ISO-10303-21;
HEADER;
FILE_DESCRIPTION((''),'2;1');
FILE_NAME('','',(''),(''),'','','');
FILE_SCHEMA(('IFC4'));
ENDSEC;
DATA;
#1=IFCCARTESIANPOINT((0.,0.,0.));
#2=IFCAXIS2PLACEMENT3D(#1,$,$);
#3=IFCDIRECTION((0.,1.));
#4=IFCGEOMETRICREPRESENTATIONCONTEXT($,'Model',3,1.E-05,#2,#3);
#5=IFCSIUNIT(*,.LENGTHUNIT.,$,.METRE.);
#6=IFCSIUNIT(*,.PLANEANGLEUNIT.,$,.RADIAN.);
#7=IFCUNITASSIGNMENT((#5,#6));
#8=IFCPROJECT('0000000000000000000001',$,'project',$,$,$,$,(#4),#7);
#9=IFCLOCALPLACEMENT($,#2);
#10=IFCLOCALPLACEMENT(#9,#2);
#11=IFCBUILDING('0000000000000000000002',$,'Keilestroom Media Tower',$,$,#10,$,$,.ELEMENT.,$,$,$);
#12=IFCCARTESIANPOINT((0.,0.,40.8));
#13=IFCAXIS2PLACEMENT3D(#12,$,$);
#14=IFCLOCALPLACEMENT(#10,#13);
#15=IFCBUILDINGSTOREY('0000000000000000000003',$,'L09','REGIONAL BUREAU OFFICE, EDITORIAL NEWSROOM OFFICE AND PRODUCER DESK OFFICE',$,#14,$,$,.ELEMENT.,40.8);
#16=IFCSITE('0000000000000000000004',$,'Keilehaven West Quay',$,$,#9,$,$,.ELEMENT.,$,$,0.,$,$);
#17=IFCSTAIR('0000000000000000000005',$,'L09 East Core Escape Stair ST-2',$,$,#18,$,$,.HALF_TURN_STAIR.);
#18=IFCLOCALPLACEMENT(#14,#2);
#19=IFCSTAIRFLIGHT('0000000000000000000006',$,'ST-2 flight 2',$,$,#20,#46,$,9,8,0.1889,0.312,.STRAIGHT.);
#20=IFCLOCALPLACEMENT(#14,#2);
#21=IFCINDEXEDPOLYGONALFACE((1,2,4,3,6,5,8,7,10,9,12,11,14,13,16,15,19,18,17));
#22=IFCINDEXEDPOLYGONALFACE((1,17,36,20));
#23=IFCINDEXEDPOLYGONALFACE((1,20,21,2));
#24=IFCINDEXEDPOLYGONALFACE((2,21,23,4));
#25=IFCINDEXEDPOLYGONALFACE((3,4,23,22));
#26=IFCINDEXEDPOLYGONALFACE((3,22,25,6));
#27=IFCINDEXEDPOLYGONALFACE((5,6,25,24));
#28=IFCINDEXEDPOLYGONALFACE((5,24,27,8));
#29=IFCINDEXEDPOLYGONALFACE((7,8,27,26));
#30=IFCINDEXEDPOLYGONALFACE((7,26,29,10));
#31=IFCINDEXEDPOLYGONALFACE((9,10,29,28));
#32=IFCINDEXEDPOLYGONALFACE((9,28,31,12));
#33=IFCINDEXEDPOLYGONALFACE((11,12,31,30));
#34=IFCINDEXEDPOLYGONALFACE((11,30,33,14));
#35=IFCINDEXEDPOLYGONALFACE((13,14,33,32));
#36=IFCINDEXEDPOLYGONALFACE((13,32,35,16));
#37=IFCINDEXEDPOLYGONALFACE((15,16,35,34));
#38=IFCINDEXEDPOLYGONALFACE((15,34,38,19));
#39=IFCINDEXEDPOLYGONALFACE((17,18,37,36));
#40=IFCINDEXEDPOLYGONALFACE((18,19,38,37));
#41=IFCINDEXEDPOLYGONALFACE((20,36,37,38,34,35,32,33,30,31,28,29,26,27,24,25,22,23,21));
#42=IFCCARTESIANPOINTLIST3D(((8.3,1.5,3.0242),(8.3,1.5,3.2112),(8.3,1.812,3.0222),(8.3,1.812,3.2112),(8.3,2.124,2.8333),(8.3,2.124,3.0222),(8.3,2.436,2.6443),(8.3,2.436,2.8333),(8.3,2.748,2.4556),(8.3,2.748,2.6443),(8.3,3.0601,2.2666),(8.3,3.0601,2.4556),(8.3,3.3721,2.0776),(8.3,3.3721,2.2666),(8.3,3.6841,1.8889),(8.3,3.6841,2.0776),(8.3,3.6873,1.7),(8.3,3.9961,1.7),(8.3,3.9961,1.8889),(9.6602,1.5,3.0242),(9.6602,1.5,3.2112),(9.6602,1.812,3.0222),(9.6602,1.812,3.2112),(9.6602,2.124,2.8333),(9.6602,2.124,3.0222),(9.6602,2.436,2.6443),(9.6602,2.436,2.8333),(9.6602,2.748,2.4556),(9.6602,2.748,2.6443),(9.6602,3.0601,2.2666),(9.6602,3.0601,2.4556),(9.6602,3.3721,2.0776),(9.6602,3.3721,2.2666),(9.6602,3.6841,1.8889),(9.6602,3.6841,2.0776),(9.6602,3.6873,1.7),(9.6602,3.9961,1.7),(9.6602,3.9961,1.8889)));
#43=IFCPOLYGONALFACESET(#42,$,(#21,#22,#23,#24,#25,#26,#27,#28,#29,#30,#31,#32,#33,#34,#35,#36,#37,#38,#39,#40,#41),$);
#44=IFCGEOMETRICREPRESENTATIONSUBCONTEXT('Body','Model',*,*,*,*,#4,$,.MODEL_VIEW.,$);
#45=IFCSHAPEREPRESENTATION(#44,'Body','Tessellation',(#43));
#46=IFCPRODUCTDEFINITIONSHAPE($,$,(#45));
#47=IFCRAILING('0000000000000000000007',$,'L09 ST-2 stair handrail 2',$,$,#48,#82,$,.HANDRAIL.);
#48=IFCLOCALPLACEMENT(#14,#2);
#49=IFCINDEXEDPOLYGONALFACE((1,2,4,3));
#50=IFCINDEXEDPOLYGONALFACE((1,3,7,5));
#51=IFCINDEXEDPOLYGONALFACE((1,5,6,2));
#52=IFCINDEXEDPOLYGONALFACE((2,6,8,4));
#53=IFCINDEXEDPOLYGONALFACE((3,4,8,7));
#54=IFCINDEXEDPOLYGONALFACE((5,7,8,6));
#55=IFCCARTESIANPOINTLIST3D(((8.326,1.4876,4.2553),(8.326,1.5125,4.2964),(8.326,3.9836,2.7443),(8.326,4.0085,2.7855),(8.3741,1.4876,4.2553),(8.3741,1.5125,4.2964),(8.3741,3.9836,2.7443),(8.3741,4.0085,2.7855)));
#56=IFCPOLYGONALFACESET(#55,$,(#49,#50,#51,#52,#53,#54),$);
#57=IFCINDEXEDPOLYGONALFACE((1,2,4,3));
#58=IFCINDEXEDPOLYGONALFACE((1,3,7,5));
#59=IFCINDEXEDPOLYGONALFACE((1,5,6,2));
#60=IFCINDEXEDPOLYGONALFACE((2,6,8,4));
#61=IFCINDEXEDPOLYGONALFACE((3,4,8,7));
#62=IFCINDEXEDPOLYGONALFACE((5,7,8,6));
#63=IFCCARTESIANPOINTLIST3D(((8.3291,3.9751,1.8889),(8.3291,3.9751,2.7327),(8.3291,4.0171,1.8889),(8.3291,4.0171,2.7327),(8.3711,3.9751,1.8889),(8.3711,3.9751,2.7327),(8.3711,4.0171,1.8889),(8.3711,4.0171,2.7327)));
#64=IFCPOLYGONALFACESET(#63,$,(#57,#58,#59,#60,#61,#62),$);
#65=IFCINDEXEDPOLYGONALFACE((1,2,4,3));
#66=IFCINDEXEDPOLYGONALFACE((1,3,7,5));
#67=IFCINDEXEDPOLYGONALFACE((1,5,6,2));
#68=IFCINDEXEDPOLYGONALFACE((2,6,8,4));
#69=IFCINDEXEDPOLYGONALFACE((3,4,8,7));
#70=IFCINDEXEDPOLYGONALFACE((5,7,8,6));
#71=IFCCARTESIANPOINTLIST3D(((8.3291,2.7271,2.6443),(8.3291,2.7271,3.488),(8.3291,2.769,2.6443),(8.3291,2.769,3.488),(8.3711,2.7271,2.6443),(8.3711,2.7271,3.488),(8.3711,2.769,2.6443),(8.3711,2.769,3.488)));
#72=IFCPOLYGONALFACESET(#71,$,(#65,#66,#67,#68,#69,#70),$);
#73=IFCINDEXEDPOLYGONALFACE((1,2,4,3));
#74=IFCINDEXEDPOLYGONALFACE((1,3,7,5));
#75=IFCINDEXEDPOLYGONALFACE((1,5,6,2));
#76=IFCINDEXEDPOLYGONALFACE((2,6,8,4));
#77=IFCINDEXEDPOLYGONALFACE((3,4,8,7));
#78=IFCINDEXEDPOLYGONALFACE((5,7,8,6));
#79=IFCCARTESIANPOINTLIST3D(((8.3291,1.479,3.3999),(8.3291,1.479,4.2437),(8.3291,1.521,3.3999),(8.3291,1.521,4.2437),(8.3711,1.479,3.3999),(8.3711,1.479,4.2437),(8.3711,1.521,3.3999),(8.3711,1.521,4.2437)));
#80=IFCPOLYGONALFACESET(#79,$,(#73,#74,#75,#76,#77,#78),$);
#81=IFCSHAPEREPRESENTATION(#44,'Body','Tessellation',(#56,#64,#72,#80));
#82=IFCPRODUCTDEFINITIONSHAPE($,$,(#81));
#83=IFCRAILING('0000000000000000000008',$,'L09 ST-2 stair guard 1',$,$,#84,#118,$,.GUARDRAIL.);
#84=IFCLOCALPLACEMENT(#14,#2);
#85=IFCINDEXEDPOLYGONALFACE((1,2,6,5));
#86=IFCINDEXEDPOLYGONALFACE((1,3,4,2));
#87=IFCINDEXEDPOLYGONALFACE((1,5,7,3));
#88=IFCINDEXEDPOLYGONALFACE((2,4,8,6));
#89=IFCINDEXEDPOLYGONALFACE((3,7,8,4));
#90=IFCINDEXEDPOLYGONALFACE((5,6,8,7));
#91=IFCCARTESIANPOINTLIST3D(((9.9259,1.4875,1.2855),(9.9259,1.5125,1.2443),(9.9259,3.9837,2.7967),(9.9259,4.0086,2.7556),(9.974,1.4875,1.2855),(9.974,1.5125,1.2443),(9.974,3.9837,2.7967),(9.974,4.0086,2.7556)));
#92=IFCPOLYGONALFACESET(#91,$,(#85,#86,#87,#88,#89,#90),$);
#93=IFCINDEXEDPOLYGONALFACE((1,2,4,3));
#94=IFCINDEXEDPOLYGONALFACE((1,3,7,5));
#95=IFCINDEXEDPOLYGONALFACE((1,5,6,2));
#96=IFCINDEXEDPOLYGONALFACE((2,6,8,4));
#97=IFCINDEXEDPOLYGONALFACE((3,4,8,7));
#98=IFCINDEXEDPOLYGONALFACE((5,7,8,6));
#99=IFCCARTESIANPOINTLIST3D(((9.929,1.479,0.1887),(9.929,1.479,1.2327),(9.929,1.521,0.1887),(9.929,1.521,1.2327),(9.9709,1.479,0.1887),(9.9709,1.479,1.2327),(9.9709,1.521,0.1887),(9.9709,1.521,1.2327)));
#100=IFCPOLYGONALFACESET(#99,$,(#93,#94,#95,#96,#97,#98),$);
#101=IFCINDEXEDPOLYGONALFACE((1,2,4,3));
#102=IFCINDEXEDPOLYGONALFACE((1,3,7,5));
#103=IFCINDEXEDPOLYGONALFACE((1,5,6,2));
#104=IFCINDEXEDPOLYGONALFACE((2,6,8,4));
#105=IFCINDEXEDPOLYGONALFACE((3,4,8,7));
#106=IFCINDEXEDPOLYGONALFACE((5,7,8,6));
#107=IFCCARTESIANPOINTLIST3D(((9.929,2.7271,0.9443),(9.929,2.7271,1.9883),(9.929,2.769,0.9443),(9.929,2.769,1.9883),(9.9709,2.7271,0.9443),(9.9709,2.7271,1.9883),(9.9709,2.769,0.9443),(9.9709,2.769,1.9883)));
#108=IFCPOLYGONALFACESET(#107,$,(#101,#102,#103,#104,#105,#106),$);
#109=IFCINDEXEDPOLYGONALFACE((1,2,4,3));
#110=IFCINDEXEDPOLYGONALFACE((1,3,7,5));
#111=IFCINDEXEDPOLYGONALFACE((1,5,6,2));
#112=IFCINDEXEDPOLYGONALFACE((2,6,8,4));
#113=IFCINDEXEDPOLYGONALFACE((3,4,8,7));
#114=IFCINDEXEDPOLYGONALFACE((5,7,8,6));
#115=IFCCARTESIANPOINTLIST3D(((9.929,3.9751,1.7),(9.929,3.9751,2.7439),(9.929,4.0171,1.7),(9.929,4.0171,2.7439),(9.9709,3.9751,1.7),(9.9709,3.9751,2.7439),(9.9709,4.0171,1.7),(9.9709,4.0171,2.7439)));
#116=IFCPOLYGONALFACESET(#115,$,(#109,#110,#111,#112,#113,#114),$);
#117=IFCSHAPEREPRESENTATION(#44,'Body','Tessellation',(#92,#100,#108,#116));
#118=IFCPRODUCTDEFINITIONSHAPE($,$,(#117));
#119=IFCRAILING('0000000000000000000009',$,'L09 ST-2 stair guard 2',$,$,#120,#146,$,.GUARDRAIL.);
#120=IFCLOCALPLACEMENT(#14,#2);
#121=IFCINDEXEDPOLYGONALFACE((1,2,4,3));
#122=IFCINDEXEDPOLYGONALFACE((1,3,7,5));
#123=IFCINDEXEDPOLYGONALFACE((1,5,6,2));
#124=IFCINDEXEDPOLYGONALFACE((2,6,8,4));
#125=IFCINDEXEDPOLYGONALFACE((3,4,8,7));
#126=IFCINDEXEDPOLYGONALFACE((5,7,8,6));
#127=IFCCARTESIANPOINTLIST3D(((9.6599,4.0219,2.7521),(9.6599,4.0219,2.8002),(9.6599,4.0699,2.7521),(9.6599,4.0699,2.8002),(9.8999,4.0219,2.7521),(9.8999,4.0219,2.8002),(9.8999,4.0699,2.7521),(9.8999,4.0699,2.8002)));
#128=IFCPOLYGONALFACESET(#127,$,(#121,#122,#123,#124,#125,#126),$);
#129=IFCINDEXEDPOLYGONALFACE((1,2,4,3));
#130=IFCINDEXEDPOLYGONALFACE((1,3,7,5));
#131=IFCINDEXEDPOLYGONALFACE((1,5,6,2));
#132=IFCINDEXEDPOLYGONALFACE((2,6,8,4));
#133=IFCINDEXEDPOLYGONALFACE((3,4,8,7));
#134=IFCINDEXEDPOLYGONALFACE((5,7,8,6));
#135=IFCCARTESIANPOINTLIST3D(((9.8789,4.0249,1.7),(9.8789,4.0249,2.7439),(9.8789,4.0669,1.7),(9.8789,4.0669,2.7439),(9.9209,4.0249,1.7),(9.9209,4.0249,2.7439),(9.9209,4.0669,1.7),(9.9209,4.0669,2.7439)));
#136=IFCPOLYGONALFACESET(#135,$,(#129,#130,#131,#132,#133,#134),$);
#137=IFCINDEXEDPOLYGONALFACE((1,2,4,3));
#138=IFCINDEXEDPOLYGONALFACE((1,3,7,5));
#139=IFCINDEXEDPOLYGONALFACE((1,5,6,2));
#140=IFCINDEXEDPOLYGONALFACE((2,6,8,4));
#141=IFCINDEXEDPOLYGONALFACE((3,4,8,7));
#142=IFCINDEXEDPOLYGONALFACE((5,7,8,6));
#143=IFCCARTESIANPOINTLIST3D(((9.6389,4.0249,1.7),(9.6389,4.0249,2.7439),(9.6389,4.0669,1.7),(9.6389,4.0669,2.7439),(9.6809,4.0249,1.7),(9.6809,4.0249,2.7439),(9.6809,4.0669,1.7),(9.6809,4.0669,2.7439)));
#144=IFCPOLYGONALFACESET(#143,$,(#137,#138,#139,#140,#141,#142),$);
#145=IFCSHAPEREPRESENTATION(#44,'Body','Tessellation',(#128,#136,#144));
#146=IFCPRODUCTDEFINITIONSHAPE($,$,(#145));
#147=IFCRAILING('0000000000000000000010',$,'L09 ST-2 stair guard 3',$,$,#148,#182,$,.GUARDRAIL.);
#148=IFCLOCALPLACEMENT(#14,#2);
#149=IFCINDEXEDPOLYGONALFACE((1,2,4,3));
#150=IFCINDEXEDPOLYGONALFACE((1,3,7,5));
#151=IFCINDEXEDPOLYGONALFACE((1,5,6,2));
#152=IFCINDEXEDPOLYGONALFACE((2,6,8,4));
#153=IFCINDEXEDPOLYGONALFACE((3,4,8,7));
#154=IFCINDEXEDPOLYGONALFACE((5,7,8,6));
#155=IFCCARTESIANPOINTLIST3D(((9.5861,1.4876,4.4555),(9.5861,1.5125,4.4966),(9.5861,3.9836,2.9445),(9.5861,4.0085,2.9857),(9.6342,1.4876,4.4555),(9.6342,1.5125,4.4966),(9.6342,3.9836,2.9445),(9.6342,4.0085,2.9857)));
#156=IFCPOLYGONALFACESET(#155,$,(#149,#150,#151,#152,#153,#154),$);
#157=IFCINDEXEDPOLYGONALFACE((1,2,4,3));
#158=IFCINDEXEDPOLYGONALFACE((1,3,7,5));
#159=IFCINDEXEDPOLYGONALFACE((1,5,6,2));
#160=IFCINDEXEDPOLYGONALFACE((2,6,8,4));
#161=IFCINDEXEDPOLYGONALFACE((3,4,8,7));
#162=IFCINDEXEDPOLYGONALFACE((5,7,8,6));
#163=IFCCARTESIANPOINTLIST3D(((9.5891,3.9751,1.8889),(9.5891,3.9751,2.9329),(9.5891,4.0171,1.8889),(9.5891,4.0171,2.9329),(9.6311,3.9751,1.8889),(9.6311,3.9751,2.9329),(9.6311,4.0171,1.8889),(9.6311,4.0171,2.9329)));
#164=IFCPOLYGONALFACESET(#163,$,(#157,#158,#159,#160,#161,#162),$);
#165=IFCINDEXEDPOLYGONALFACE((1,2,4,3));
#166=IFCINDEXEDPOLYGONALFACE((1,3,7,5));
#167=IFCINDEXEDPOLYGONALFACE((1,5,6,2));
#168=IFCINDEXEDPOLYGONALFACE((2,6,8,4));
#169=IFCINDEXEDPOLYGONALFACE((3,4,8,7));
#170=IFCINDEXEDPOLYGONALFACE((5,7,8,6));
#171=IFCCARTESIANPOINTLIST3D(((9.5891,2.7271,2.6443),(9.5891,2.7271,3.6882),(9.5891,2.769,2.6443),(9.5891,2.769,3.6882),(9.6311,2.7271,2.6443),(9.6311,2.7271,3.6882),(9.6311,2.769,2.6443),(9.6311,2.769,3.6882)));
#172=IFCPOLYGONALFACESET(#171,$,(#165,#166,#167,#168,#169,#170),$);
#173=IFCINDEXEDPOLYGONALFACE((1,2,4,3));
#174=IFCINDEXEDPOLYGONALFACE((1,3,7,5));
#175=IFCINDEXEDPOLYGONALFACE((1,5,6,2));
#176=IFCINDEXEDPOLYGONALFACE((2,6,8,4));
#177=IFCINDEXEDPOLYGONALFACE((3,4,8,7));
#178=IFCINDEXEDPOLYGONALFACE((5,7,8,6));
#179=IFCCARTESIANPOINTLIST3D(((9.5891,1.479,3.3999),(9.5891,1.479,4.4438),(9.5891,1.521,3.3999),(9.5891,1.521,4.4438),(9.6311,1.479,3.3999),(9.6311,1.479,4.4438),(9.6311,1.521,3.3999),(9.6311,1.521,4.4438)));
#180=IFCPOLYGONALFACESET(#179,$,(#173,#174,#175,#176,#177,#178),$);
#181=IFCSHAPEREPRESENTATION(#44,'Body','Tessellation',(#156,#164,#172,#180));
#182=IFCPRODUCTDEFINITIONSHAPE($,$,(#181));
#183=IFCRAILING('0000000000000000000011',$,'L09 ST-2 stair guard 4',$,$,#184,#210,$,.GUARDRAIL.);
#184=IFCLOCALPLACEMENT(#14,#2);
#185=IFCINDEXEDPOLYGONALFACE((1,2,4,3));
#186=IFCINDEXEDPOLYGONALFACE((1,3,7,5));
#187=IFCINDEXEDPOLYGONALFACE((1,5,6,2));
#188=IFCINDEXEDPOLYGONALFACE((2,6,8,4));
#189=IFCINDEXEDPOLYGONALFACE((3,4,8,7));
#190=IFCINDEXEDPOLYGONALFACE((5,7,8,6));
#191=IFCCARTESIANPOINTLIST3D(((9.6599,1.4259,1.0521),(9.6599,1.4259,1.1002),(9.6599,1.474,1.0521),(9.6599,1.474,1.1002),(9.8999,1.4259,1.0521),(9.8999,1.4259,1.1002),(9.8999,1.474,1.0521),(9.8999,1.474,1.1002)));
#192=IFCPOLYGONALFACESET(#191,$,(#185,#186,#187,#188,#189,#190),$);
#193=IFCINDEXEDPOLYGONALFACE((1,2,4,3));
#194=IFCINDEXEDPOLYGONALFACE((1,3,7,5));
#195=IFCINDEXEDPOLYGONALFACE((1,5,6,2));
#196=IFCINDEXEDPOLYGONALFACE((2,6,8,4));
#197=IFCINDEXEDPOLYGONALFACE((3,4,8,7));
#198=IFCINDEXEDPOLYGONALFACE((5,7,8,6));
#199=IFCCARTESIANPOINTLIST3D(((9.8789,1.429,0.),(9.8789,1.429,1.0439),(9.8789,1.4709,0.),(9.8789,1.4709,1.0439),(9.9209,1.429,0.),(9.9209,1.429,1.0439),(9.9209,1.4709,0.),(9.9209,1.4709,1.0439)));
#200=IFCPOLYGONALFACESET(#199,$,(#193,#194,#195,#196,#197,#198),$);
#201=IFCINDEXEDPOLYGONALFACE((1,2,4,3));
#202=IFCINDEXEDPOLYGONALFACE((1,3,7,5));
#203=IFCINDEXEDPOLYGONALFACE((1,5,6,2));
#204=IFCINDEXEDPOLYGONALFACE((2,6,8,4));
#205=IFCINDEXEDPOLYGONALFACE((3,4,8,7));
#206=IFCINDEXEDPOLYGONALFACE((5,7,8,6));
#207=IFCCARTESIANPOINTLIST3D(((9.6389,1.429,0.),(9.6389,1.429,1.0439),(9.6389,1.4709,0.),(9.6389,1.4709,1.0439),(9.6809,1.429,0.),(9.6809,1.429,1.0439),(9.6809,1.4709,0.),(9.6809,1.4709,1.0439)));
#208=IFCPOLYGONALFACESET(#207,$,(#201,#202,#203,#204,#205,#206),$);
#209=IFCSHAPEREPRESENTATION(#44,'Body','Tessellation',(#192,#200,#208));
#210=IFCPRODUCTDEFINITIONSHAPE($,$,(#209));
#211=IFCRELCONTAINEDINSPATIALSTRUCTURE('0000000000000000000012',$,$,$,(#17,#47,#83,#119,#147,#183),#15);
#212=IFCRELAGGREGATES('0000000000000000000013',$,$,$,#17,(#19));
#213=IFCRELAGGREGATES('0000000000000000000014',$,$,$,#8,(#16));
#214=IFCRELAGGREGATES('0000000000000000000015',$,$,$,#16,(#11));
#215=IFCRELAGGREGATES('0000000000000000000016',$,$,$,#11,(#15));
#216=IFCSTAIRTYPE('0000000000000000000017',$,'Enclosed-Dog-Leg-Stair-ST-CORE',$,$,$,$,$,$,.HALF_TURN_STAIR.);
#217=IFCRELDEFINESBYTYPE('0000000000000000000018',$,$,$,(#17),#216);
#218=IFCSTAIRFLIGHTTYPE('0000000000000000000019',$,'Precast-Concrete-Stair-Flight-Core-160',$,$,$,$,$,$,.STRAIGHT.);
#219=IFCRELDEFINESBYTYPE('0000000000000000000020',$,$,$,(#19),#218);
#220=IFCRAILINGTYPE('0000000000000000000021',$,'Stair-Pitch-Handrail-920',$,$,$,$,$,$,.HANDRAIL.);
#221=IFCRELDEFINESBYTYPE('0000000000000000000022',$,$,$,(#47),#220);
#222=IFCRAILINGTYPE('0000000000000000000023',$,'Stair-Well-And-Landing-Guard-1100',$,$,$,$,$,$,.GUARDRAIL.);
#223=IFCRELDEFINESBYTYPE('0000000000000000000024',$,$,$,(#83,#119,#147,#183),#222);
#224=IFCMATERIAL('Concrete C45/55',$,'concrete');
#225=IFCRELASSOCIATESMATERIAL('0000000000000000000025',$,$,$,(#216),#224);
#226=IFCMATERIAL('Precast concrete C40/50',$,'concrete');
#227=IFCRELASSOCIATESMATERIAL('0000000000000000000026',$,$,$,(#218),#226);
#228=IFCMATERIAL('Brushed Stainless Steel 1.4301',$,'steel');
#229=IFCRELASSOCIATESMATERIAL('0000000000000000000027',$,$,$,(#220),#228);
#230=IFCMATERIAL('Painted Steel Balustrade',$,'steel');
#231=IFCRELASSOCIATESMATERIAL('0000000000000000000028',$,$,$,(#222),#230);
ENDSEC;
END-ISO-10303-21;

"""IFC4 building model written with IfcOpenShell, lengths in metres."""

from ifc_helpers import new_model, si_unit, direction, frame, origin, origin_2d, place, context, subcontext, project, spatial, polyline, rectangle, outline, extrude, material, type_object, element, aggregate, save


model = new_model("IFC4")

# Units and contexts
model_context = context("Model", 3, precision=1e-05, world=origin(), true_north=direction((0.0, 1.0)))
body_context = subcontext(model_context, "Body", "Model", "MODEL_VIEW")
ifc_project = project(units=[si_unit("LENGTHUNIT", "METRE"), si_unit("PLANEANGLEUNIT", "RADIAN")], contexts=[model_context])

# Site, building, storey
site_placement = place(None, origin())
site = spatial("IfcSite", under=ifc_project, at=site_placement, Name="Keilehaven West Quay", CompositionType="ELEMENT", RefElevation=0.0)
building_placement = place(site_placement, origin())
building = spatial("IfcBuilding", under=site, at=building_placement, Name="Keilestroom Media Tower", CompositionType="ELEMENT")
storey_placement = place(building_placement, frame((0.0, 0.0, 40.8)))
storey = spatial("IfcBuildingStorey", under=building, at=storey_placement, Name="L09", Description="REGIONAL BUREAU OFFICE, EDITORIAL NEWSROOM OFFICE AND PRODUCER DESK OFFICE", CompositionType="ELEMENT", Elevation=40.8)

# Shared definitions
ifc_material_1 = material(Name="Concrete C45/55", Category="concrete")

# Stair
stair_type = type_object("IfcStairType", Name="Enclosed-Dog-Leg-Stair-ST-CORE", PredefinedType="HALF_TURN_STAIR", material=ifc_material_1)
stair_1_placement = place(storey_placement, origin())
stair_1 = element("IfcStair", 1, at=stair_1_placement, inside=storey, type_object=stair_type, Name="L09 East Core Escape Stair ST-2", PredefinedType="HALF_TURN_STAIR")

# Shared definitions
ifc_material_2 = material(Name="Precast concrete C40/50", Category="concrete")

# Stair flight
stair_flight_type = type_object("IfcStairFlightType", Name="Precast-Concrete-Stair-Flight-Core-160", PredefinedType="STRAIGHT", material=ifc_material_2)
stair_flight_1_placement = place(storey_placement, frame((8.98, 3.9961, 1.7), z_axis=(0.0, 0.0, 1.0), x_axis=(0.0, -1.0, 0.0)))
stair_flight_1 = element("IfcStairFlight", 2, at=stair_flight_1_placement, type_object=stair_flight_type, Name="ST-2 flight 2", NumberOfRisers=9, NumberOfTreads=8, PredefinedType="STRAIGHT", RiserHeight=0.1889, TreadLength=0.312, context=body_context, shape_type="SweptSolid", body=[
    extrude(outline(polyline([(0.0, 0.0), (0.0, 0.189), (0.312, 0.189), (0.312, 0.3777), (0.624, 0.3777), (0.624, 0.5667), (0.936, 0.5667), (0.936, 0.7556), (1.248, 0.7556), (1.248, 0.9443), (1.5601, 0.9443), (1.5601, 1.1333), (1.8721, 1.1333), (1.8721, 1.3223), (2.1841, 1.3223), (2.1841, 1.5112), (2.4961, 1.5112), (2.4961, 1.7), (2.4961, 1.3242), (0.3088, 0.0), (0.0, 0.0)])), frame((0.0, 0.6802, 0.0), z_axis=(0.0, -1.0, 0.0), x_axis=(1.0, 0.0, 0.0)), (0.0, 0.0, 1.0), 1.3601),
])
aggregate(stair_1, [stair_flight_1])

# Railings
ifc_material_3 = material(Name="Brushed Stainless Steel 1.4301", Category="steel")
railing_type_1 = type_object("IfcRailingType", Name="Stair-Pitch-Handrail-920", PredefinedType="HANDRAIL", material=ifc_material_3)
railing_1_placement = place(storey_placement, frame((8.3501, 3.9961, 1.8889)))
element("IfcRailing", 3, at=railing_1_placement, inside=storey, type_object=railing_type_1, Name="L09 ST-2 stair handrail 2", PredefinedType="HANDRAIL", context=body_context, shape_type="SweptSolid", body=[
    extrude(rectangle(XDim=0.0481, YDim=0.0481, at=origin_2d()), frame((0.0, 0.0, 0.876), z_axis=(0.0, -0.855471, 0.517851), x_axis=(1.0, 0.0, 0.0)), (0.0, 0.0, 1.0), 2.9177),
    extrude(rectangle(XDim=0.042, YDim=0.042, at=origin_2d()), origin(), (0.0, 0.0, 1.0), 0.8438),
    extrude(rectangle(XDim=0.042, YDim=0.042, at=origin_2d()), frame((0.0, -1.248, 0.7554)), (0.0, 0.0, 1.0), 0.8438),
    extrude(rectangle(XDim=0.042, YDim=0.042, at=origin_2d()), frame((0.0, -2.4961, 1.511)), (0.0, 0.0, 1.0), 0.8438),
])
ifc_material_4 = material(Name="Painted Steel Balustrade", Category="steel")
railing_type_2 = type_object("IfcRailingType", Name="Stair-Well-And-Landing-Guard-1100", PredefinedType="GUARDRAIL", material=ifc_material_4)
railing_2_placement = place(storey_placement, frame((9.95, 1.5, 0.1887)))
element("IfcRailing", 4, at=railing_2_placement, inside=storey, type_object=railing_type_2, Name="L09 ST-2 stair guard 1", PredefinedType="GUARDRAIL", context=body_context, shape_type="SweptSolid", body=[
    extrude(rectangle(XDim=0.0481, YDim=0.0481, at=origin_2d()), frame((0.0, 0.0, 1.0762), z_axis=(0.0, 0.855434, 0.517912), x_axis=(-1.0, 0.0, 0.0)), (0.0, 0.0, 1.0), 2.918),
    extrude(rectangle(XDim=0.042, YDim=0.042, at=origin_2d()), origin(), (0.0, 0.0, 1.0), 1.0439),
    extrude(rectangle(XDim=0.042, YDim=0.042, at=origin_2d()), frame((0.0, 1.248, 0.7556)), (0.0, 0.0, 1.0), 1.0439),
    extrude(rectangle(XDim=0.042, YDim=0.042, at=origin_2d()), frame((0.0, 2.4961, 1.5112)), (0.0, 0.0, 1.0), 1.0439),
])
railing_3_placement = place(storey_placement, frame((9.8999, 4.0459, 1.7)))
element("IfcRailing", 5, at=railing_3_placement, inside=storey, type_object=railing_type_2, Name="L09 ST-2 stair guard 2", PredefinedType="GUARDRAIL", context=body_context, shape_type="SweptSolid", body=[
    extrude(rectangle(XDim=0.0481, YDim=0.0481, at=origin_2d()), frame((0.0, 0.0, 1.0762), z_axis=(-1.0, 0.0, 0.0), x_axis=(0.0, -1.0, 0.0)), (0.0, 0.0, 1.0), 0.24),
    extrude(rectangle(XDim=0.042, YDim=0.042, at=origin_2d()), origin(), (0.0, 0.0, 1.0), 1.0439),
    extrude(rectangle(XDim=0.042, YDim=0.042, at=origin_2d()), frame((-0.24, 0.0, 0.0)), (0.0, 0.0, 1.0), 1.0439),
])
railing_4_placement = place(storey_placement, frame((9.6101, 3.9961, 1.8889)))
element("IfcRailing", 6, at=railing_4_placement, inside=storey, type_object=railing_type_2, Name="L09 ST-2 stair guard 3", PredefinedType="GUARDRAIL", context=body_context, shape_type="SweptSolid", body=[
    extrude(rectangle(XDim=0.0481, YDim=0.0481, at=origin_2d()), frame((0.0, 0.0, 1.0762), z_axis=(0.0, -0.855471, 0.517851), x_axis=(1.0, 0.0, 0.0)), (0.0, 0.0, 1.0), 2.9177),
    extrude(rectangle(XDim=0.042, YDim=0.042, at=origin_2d()), origin(), (0.0, 0.0, 1.0), 1.0439),
    extrude(rectangle(XDim=0.042, YDim=0.042, at=origin_2d()), frame((0.0, -1.248, 0.7554)), (0.0, 0.0, 1.0), 1.0439),
    extrude(rectangle(XDim=0.042, YDim=0.042, at=origin_2d()), frame((0.0, -2.4961, 1.511)), (0.0, 0.0, 1.0), 1.0439),
])
railing_5_placement = place(storey_placement, frame((9.8999, 1.45, 0.0)))
element("IfcRailing", 7, at=railing_5_placement, inside=storey, type_object=railing_type_2, Name="L09 ST-2 stair guard 4", PredefinedType="GUARDRAIL", context=body_context, shape_type="SweptSolid", body=[
    extrude(rectangle(XDim=0.0481, YDim=0.0481, at=origin_2d()), frame((0.0, 0.0, 1.0762), z_axis=(-1.0, 0.0, 0.0), x_axis=(0.0, -1.0, 0.0)), (0.0, 0.0, 1.0), 0.24),
    extrude(rectangle(XDim=0.042, YDim=0.042, at=origin_2d()), origin(), (0.0, 0.0, 1.0), 1.0439),
    extrude(rectangle(XDim=0.042, YDim=0.042, at=origin_2d()), frame((-0.24, 0.0, 0.0)), (0.0, 0.0, 1.0), 1.0439),
])

save(model, "model.ifc")
